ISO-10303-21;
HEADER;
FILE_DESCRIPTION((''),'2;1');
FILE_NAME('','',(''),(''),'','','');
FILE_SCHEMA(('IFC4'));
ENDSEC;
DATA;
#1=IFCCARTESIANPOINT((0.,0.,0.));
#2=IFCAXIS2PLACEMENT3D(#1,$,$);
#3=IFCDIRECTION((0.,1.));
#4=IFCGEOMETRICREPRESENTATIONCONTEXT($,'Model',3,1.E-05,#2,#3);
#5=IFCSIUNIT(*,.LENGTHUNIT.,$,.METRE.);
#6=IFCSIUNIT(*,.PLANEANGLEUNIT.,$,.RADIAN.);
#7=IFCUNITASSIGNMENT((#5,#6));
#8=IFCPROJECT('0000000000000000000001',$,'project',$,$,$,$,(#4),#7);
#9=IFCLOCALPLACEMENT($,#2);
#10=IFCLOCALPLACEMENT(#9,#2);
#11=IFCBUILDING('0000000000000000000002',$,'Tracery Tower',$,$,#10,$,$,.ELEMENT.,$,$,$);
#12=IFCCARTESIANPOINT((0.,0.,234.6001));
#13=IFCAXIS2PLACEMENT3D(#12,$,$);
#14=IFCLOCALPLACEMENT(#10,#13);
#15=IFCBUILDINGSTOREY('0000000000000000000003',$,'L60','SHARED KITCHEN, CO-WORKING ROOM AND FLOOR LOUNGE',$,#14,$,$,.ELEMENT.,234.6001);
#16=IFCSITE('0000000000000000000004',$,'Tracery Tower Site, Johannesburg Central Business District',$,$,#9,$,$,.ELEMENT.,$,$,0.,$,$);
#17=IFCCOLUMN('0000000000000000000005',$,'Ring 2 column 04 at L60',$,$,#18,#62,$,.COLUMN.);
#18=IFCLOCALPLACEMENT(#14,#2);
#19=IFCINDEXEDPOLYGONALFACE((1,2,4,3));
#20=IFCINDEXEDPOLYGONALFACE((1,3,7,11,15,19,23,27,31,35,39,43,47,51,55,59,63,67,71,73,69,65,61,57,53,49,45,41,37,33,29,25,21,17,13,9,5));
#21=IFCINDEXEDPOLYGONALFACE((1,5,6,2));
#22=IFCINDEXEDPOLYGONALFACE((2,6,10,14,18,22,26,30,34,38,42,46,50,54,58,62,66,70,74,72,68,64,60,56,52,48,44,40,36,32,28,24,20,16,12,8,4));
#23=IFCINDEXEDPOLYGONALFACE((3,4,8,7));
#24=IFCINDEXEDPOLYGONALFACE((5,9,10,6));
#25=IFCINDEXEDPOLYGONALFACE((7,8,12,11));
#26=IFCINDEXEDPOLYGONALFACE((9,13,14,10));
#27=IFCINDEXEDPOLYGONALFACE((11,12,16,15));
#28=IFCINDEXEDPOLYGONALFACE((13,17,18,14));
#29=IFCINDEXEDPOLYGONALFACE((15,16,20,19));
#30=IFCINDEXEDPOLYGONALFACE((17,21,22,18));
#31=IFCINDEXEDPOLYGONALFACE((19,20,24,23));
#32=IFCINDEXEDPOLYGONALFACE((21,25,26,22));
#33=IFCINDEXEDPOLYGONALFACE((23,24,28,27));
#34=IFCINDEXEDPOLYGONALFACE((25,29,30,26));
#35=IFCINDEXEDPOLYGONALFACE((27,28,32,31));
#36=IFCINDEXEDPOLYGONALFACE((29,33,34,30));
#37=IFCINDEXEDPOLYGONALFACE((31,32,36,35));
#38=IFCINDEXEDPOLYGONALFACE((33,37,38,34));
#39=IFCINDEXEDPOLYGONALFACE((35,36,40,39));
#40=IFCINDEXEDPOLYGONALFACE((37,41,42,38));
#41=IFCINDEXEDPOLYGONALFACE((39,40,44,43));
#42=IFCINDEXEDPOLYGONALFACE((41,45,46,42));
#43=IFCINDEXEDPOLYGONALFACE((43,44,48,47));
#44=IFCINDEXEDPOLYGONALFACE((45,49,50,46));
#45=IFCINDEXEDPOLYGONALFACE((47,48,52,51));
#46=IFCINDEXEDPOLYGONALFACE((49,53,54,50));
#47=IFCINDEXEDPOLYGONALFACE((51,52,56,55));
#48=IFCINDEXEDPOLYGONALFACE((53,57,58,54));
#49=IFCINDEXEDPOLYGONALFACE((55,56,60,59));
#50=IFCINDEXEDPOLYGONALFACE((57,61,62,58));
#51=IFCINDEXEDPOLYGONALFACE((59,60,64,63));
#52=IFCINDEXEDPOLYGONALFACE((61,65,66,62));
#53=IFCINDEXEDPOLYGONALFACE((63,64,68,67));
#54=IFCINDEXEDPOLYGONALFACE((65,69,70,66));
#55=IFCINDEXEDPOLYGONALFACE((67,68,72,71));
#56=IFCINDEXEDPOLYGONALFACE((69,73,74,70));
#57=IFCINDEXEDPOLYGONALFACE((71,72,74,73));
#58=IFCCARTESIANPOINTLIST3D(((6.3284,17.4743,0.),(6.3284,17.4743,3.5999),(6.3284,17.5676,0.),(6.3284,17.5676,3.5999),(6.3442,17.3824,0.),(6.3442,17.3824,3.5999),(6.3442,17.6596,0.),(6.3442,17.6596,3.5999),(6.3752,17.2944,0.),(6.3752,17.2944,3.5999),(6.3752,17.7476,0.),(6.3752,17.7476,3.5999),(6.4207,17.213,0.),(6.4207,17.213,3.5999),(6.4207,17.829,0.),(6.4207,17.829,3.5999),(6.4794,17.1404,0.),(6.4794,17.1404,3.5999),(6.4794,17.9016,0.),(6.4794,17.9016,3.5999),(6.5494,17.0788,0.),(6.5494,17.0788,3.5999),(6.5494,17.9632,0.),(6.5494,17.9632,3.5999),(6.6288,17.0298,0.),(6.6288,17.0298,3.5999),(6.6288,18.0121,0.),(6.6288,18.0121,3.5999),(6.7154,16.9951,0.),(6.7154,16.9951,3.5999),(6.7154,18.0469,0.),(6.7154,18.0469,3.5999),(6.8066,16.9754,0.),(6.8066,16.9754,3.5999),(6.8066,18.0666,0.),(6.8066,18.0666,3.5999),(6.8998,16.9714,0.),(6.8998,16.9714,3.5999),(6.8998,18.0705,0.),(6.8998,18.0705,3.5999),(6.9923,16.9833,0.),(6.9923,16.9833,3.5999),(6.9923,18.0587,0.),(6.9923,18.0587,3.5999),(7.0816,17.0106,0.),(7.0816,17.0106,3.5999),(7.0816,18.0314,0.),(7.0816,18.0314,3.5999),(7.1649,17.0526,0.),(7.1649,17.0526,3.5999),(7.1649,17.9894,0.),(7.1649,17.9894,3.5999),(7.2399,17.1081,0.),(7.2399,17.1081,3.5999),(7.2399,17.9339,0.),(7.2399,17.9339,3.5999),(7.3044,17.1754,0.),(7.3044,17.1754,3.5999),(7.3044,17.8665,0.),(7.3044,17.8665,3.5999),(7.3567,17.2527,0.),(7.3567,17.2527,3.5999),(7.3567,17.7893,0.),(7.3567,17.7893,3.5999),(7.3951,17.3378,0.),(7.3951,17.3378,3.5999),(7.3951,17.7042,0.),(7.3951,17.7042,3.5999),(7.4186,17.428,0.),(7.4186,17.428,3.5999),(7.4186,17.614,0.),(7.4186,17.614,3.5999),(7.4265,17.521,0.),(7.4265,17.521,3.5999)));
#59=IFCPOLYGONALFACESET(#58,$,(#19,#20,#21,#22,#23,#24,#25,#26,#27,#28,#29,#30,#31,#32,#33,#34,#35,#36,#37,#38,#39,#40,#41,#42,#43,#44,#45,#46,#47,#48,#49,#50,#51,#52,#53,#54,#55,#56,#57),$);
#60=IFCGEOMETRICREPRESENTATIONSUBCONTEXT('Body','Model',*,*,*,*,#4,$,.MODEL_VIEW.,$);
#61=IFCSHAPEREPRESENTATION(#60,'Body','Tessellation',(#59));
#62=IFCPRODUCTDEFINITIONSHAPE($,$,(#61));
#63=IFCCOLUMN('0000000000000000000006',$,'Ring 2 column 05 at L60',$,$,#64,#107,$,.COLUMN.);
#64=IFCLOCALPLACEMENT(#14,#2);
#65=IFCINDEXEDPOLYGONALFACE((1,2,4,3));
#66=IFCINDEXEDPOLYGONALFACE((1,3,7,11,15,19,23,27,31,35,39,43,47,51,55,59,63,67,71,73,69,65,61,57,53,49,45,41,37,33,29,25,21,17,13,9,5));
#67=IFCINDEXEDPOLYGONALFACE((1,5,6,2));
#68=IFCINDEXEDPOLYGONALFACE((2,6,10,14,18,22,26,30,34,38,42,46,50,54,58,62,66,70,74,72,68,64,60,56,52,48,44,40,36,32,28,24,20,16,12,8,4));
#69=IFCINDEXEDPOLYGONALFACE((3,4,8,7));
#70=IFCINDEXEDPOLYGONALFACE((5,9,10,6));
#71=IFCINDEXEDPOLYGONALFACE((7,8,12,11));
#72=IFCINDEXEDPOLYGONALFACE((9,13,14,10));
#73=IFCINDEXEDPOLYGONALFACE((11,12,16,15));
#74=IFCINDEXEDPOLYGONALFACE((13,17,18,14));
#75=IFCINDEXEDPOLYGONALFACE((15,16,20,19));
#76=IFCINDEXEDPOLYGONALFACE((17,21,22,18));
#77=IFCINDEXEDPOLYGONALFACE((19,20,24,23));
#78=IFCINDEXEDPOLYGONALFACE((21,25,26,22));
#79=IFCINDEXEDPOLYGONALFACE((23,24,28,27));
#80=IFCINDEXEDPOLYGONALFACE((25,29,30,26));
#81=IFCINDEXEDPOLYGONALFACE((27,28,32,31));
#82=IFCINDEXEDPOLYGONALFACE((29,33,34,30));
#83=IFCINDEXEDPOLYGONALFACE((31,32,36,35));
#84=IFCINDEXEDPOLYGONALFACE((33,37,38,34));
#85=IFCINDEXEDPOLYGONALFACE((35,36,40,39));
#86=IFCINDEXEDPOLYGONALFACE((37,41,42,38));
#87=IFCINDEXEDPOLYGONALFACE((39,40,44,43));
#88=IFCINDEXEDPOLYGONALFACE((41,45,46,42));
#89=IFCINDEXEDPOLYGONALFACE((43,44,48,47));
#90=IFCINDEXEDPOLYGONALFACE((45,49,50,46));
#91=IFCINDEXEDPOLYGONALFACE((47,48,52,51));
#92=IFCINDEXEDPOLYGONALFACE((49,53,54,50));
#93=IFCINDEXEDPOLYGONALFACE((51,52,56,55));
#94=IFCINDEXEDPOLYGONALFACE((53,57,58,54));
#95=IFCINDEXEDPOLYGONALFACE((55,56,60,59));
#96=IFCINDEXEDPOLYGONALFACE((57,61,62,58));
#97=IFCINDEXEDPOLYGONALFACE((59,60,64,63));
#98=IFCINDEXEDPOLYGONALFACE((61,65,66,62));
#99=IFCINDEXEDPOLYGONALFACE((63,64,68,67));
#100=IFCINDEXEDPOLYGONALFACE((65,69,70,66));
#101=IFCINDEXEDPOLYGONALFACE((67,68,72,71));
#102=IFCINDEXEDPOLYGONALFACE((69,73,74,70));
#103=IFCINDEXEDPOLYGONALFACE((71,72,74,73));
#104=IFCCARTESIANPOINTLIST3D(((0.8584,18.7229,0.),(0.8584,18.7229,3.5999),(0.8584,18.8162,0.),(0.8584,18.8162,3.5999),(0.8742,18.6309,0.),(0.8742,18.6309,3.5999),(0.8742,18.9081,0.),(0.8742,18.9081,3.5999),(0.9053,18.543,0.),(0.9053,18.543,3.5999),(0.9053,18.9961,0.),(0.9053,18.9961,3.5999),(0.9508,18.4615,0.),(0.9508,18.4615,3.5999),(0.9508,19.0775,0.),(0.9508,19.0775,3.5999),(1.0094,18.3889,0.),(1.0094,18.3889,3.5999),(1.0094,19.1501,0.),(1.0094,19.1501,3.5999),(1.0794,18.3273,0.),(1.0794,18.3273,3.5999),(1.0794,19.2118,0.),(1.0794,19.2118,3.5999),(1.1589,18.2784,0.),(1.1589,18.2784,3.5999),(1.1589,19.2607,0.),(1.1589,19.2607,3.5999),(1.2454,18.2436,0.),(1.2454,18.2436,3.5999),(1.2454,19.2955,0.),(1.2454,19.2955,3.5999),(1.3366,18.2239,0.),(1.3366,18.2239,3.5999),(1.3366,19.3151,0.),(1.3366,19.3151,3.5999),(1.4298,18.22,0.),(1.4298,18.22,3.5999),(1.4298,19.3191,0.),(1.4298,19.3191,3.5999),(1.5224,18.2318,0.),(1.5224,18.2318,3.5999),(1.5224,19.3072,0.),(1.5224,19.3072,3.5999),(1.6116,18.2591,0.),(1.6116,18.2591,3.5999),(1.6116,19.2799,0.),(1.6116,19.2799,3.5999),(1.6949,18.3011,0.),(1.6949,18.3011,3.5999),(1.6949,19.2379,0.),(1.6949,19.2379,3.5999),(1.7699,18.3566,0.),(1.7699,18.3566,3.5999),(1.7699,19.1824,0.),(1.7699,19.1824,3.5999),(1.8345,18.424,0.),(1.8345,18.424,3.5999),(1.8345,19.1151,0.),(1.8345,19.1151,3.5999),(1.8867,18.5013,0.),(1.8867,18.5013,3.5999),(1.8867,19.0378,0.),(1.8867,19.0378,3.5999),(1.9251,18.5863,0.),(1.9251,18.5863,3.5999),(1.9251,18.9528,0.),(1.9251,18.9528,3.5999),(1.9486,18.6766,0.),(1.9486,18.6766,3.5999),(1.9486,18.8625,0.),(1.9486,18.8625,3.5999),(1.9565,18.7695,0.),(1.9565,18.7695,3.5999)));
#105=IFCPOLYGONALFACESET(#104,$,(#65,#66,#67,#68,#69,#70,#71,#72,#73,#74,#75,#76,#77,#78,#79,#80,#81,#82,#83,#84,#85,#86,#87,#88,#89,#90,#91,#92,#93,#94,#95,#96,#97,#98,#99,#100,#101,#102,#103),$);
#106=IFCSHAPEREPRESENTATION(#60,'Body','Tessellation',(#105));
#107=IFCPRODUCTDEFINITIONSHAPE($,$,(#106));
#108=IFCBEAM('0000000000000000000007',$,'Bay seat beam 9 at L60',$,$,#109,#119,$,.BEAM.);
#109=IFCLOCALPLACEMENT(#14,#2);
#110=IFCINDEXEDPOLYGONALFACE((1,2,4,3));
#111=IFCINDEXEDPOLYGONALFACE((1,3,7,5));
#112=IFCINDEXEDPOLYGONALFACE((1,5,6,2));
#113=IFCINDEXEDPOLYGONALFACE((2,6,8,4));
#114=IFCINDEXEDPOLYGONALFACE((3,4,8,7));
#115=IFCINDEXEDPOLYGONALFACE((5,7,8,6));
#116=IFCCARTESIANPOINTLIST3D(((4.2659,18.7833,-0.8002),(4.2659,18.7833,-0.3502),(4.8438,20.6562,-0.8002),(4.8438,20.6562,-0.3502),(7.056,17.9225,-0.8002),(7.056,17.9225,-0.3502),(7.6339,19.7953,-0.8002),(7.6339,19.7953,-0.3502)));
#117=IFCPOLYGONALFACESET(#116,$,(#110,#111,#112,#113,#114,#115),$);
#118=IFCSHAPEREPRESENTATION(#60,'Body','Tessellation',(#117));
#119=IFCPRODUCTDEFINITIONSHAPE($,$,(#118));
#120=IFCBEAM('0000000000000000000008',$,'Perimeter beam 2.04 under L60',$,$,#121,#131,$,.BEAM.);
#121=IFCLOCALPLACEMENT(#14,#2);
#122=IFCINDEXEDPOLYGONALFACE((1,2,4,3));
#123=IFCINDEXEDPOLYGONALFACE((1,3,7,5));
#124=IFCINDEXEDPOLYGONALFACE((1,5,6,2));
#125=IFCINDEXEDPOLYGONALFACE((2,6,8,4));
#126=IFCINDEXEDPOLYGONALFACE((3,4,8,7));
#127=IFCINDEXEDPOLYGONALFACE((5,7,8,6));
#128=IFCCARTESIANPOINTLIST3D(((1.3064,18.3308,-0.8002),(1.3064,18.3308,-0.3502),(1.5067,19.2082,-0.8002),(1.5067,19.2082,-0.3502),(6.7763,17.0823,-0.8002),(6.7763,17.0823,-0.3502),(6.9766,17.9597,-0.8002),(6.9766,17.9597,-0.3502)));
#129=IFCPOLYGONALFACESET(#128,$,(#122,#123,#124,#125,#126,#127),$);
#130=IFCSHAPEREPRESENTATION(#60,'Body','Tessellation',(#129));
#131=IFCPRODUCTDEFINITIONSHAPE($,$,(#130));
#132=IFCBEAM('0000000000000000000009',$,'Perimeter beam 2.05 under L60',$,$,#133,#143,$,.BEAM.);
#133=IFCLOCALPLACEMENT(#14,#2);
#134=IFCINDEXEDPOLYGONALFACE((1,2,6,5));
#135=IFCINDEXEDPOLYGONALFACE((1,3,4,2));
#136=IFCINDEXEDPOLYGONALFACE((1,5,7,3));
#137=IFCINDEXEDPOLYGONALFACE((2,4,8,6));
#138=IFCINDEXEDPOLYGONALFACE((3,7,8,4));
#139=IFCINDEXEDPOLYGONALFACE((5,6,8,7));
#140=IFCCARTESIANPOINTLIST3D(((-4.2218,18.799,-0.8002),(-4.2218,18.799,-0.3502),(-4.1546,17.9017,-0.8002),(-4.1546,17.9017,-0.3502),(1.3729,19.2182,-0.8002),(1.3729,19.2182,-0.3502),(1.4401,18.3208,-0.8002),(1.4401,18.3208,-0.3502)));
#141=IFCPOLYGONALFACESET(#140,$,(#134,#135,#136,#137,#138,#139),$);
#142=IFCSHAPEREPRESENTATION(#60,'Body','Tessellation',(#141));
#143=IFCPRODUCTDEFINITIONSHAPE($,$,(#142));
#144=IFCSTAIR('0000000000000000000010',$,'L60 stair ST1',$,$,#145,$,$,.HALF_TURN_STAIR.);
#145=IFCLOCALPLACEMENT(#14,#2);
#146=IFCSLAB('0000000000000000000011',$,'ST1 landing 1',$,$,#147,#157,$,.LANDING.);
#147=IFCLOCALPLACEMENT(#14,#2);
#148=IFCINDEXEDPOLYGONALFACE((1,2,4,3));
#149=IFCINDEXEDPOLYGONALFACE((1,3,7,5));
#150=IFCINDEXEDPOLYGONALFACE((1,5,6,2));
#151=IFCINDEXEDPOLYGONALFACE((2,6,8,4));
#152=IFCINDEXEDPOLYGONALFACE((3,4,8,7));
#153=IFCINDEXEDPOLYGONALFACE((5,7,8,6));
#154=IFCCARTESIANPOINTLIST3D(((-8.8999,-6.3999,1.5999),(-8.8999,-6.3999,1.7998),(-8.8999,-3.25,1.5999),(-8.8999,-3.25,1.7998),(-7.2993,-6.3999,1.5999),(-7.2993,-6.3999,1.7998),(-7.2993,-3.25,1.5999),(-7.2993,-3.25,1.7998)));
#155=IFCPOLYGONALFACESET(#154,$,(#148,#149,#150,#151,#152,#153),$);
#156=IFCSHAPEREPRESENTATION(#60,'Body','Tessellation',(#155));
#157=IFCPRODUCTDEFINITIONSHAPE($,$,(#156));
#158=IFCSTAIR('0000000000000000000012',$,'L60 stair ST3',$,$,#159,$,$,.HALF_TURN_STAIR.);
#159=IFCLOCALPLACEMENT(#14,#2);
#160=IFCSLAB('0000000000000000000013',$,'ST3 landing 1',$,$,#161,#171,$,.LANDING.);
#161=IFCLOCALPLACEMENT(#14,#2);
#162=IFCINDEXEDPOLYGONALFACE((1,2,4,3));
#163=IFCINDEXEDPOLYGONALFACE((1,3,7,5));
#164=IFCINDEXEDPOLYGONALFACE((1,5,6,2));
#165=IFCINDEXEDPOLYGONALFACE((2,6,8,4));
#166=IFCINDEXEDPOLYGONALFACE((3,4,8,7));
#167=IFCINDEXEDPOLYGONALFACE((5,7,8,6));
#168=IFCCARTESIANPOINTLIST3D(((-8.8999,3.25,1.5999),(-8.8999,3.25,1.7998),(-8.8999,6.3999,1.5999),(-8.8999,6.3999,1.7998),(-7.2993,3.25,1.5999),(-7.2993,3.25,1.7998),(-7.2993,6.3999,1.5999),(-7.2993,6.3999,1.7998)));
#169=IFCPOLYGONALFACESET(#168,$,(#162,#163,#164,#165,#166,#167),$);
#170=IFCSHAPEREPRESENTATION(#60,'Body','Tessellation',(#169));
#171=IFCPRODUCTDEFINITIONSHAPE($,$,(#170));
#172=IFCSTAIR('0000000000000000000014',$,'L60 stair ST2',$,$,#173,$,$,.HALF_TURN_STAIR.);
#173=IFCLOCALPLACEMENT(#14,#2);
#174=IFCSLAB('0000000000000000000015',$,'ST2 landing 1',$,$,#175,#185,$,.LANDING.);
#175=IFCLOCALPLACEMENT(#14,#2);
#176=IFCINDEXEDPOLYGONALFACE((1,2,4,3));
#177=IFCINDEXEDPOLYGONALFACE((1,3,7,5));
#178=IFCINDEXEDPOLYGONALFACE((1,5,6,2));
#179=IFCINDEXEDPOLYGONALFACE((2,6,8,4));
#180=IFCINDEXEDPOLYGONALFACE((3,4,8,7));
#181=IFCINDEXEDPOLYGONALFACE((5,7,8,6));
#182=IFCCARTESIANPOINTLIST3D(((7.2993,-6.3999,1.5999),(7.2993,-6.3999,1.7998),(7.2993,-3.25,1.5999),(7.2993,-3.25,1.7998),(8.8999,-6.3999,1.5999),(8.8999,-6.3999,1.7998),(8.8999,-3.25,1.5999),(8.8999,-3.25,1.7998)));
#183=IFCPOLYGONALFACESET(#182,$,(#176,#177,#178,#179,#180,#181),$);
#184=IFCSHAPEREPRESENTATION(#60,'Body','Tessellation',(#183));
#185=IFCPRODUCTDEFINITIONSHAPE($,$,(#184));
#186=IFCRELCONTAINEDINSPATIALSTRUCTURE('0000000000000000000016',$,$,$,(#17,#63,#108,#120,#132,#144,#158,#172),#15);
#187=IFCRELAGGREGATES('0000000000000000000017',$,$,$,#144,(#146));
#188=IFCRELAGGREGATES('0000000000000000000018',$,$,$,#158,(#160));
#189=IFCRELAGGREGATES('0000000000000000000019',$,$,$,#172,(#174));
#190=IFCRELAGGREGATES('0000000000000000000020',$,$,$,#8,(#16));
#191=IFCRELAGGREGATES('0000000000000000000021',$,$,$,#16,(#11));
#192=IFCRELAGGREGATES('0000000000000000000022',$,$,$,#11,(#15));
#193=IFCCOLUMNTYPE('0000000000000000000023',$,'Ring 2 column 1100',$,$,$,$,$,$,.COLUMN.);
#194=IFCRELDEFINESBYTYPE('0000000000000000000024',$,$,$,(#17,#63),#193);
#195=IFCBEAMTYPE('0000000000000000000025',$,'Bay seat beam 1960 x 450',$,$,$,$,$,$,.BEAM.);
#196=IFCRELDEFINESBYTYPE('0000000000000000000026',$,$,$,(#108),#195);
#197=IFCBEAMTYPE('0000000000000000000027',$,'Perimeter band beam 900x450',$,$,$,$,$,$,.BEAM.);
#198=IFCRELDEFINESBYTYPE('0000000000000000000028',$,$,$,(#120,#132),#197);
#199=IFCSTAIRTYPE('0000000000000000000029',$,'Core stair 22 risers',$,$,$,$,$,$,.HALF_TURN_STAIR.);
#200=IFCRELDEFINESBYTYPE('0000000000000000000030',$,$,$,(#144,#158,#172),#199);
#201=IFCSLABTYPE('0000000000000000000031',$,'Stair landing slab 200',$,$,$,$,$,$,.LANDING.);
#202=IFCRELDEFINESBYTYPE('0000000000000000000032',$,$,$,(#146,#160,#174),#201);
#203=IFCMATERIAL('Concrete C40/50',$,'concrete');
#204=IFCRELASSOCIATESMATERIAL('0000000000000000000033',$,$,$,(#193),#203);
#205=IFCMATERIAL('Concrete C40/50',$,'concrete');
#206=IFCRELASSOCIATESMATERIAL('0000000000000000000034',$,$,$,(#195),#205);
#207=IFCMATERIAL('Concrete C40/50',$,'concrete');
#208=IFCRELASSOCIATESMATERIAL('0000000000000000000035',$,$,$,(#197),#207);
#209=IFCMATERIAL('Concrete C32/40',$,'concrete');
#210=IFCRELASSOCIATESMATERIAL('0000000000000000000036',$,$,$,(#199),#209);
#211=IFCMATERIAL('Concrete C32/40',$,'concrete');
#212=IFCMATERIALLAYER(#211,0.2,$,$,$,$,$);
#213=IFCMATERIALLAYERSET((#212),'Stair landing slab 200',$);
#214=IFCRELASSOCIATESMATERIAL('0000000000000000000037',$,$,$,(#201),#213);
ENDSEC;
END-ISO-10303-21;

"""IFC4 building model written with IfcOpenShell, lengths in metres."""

from ifc_helpers import new_model, si_unit, direction, frame, origin, origin_2d, place, context, subcontext, project, spatial, polyline, rectangle, circle, outline, extrude, material, layer, layer_set, material_profile, profile_set, type_object, element, aggregate, save


model = new_model("IFC4")

# Units and contexts
model_context = context("Model", 3, precision=1e-05, world=origin(), true_north=direction((0.0, 1.0)))
body_context = subcontext(model_context, "Body", "Model", "MODEL_VIEW")
ifc_project = project(units=[si_unit("LENGTHUNIT", "METRE"), si_unit("PLANEANGLEUNIT", "RADIAN")], contexts=[model_context])

# Site, building, storey
site_placement = place(None, origin())
site = spatial("IfcSite", under=ifc_project, at=site_placement, Name="Tracery Tower Site, Johannesburg Central Business District", CompositionType="ELEMENT", RefElevation=0.0)
building_placement = place(site_placement, origin())
building = spatial("IfcBuilding", under=site, at=building_placement, Name="Tracery Tower", CompositionType="ELEMENT")
storey_placement = place(building_placement, frame((0.0, 0.0, 234.6001)))
storey = spatial("IfcBuildingStorey", under=building, at=storey_placement, Name="L60", Description="SHARED KITCHEN, CO-WORKING ROOM AND FLOOR LOUNGE", CompositionType="ELEMENT", Elevation=234.6001)

# Columns
ifc_material_1 = material(Name="Concrete C40/50", Category="concrete")
ifc_material_profile_1 = material_profile(ifc_material_1, circle(Radius=0.55, at=origin_2d()), Name="RC D1100")
ifc_profile_set_1 = profile_set([ifc_material_profile_1], Name="Concrete C40/50")
column_type = type_object("IfcColumnType", Name="Ring 2 column 1100", PredefinedType="COLUMN", material=ifc_profile_set_1)
for number, where, z_axis, x_axis, name in (
    (1, (6.8765, 17.521, 0.0), (0.0, 0.0, 1.0), (1.0, 0.0, 0.0), "Ring 2 column 04 at L60"),
    (2, (1.4065, 18.7695, 0.0), (0.0, 0.0, 1.0), (1.0, 0.0, 0.0), "Ring 2 column 05 at L60"),
):
    element("IfcColumn", number, at=place(storey_placement, frame(where, z_axis=z_axis, x_axis=x_axis)), inside=storey, type_object=column_type, Name=name, PredefinedType="COLUMN", context=body_context, shape_type="SweptSolid", body=[
        extrude(circle(Radius=0.55, at=origin_2d()), origin(), (0.0, 0.0, 1.0), 3.5999),
    ])

# Beams
ifc_material_2 = material(Name="Concrete C40/50", Category="concrete")
ifc_material_profile_2 = material_profile(ifc_material_2, rectangle(XDim=1.96, YDim=0.45, at=origin_2d()), Name="RC 1960x450")
ifc_profile_set_2 = profile_set([ifc_material_profile_2], Name="Concrete C40/50")
beam_type_1 = type_object("IfcBeamType", Name="Bay seat beam 1960 x 450", PredefinedType="BEAM", material=ifc_profile_set_2)
beam_1_placement = place(storey_placement, frame((7.345, 18.8589, -0.5752), z_axis=(-0.955551, 0.294826, 0.0), x_axis=(-0.294826, -0.955551, 0.0)))
element("IfcBeam", 3, at=beam_1_placement, inside=storey, type_object=beam_type_1, Name="Bay seat beam 9 at L60", PredefinedType="BEAM", context=body_context, shape_type="SweptSolid", body=[
    extrude(rectangle(XDim=1.96, YDim=0.45, at=origin_2d()), origin(), (0.0, 0.0, 1.0), 2.9199),
])
ifc_material_3 = material(Name="Concrete C40/50", Category="concrete")
ifc_material_profile_3 = material_profile(ifc_material_3, rectangle(XDim=0.8999, YDim=0.45, at=origin_2d()), Name="RC 900x450")
ifc_profile_set_3 = profile_set([ifc_material_profile_3], Name="Concrete C40/50")
beam_type_2 = type_object("IfcBeamType", Name="Perimeter band beam 900x450", PredefinedType="BEAM", material=ifc_profile_set_3)
beam_2_placement = place(storey_placement, frame((6.8765, 17.521, -0.5752), z_axis=(-0.974926, 0.222529, 0.0), x_axis=(-0.222529, -0.974926, 0.0)))
element("IfcBeam", 4, at=beam_2_placement, inside=storey, type_object=beam_type_2, Name="Perimeter beam 2.04 under L60", PredefinedType="BEAM", context=body_context, shape_type="SweptSolid", body=[
    extrude(rectangle(XDim=0.8999, YDim=0.45, at=origin_2d()), origin(), (0.0, 0.0, 1.0), 5.6106),
])
beam_3_placement = place(storey_placement, frame((1.4065, 18.7695, -0.5752), z_axis=(-0.997205, -0.074716, 0.0), x_axis=(0.074716, -0.997205, 0.0)))
element("IfcBeam", 5, at=beam_3_placement, inside=storey, type_object=beam_type_2, Name="Perimeter beam 2.05 under L60", PredefinedType="BEAM", context=body_context, shape_type="SweptSolid", body=[
    extrude(rectangle(XDim=0.8999, YDim=0.45, at=origin_2d()), origin(), (0.0, 0.0, 1.0), 5.6104),
])

# Stairs, slabs
ifc_material_4 = material(Name="Concrete C32/40", Category="concrete")
stair_type = type_object("IfcStairType", Name="Core stair 22 risers", PredefinedType="HALF_TURN_STAIR", material=ifc_material_4)
stair_1_placement = place(storey_placement, origin())
stair_1 = element("IfcStair", 6, at=stair_1_placement, inside=storey, type_object=stair_type, Name="L60 stair ST1", PredefinedType="HALF_TURN_STAIR")
ifc_material_5 = material(Name="Concrete C32/40", Category="concrete")
ifc_layer_1 = layer(ifc_material_5, 0.2)
ifc_layer_set_1 = layer_set([ifc_layer_1], Name="Stair landing slab 200")
slab_type = type_object("IfcSlabType", Name="Stair landing slab 200", PredefinedType="LANDING", material=ifc_layer_set_1)
slab_1_placement = place(storey_placement, frame((0.0, 0.0, 1.5999)))
slab_1 = element("IfcSlab", 7, at=slab_1_placement, type_object=slab_type, Name="ST1 landing 1", PredefinedType="LANDING", context=body_context, shape_type="SweptSolid", body=[
    extrude(outline(polyline([(-7.2993, -3.25), (-8.8999, -3.25), (-8.8999, -6.3999), (-7.2993, -6.3999), (-7.2993, -3.25)])), origin(), (0.0, 0.0, 1.0), 0.2),
])
aggregate(stair_1, [slab_1])
stair_2_placement = place(storey_placement, origin())
stair_2 = element("IfcStair", 8, at=stair_2_placement, inside=storey, type_object=stair_type, Name="L60 stair ST3", PredefinedType="HALF_TURN_STAIR")
slab_2_placement = place(storey_placement, frame((0.0, 0.0, 1.5999)))
slab_2 = element("IfcSlab", 9, at=slab_2_placement, type_object=slab_type, Name="ST3 landing 1", PredefinedType="LANDING", context=body_context, shape_type="SweptSolid", body=[
    extrude(outline(polyline([(-7.2993, 6.3999), (-8.8999, 6.3999), (-8.8999, 3.25), (-7.2993, 3.25), (-7.2993, 6.3999)])), origin(), (0.0, 0.0, 1.0), 0.2),
])
aggregate(stair_2, [slab_2])
stair_3_placement = place(storey_placement, origin())
stair_3 = element("IfcStair", 10, at=stair_3_placement, inside=storey, type_object=stair_type, Name="L60 stair ST2", PredefinedType="HALF_TURN_STAIR")
slab_3_placement = place(storey_placement, frame((0.0, 0.0, 1.5999)))
slab_3 = element("IfcSlab", 11, at=slab_3_placement, type_object=slab_type, Name="ST2 landing 1", PredefinedType="LANDING", context=body_context, shape_type="SweptSolid", body=[
    extrude(outline(polyline([(7.2993, -6.3999), (8.8999, -6.3999), (8.8999, -3.25), (7.2993, -3.25), (7.2993, -6.3999)])), origin(), (0.0, 0.0, 1.0), 0.2),
])
aggregate(stair_3, [slab_3])

save(model, "model.ifc")
